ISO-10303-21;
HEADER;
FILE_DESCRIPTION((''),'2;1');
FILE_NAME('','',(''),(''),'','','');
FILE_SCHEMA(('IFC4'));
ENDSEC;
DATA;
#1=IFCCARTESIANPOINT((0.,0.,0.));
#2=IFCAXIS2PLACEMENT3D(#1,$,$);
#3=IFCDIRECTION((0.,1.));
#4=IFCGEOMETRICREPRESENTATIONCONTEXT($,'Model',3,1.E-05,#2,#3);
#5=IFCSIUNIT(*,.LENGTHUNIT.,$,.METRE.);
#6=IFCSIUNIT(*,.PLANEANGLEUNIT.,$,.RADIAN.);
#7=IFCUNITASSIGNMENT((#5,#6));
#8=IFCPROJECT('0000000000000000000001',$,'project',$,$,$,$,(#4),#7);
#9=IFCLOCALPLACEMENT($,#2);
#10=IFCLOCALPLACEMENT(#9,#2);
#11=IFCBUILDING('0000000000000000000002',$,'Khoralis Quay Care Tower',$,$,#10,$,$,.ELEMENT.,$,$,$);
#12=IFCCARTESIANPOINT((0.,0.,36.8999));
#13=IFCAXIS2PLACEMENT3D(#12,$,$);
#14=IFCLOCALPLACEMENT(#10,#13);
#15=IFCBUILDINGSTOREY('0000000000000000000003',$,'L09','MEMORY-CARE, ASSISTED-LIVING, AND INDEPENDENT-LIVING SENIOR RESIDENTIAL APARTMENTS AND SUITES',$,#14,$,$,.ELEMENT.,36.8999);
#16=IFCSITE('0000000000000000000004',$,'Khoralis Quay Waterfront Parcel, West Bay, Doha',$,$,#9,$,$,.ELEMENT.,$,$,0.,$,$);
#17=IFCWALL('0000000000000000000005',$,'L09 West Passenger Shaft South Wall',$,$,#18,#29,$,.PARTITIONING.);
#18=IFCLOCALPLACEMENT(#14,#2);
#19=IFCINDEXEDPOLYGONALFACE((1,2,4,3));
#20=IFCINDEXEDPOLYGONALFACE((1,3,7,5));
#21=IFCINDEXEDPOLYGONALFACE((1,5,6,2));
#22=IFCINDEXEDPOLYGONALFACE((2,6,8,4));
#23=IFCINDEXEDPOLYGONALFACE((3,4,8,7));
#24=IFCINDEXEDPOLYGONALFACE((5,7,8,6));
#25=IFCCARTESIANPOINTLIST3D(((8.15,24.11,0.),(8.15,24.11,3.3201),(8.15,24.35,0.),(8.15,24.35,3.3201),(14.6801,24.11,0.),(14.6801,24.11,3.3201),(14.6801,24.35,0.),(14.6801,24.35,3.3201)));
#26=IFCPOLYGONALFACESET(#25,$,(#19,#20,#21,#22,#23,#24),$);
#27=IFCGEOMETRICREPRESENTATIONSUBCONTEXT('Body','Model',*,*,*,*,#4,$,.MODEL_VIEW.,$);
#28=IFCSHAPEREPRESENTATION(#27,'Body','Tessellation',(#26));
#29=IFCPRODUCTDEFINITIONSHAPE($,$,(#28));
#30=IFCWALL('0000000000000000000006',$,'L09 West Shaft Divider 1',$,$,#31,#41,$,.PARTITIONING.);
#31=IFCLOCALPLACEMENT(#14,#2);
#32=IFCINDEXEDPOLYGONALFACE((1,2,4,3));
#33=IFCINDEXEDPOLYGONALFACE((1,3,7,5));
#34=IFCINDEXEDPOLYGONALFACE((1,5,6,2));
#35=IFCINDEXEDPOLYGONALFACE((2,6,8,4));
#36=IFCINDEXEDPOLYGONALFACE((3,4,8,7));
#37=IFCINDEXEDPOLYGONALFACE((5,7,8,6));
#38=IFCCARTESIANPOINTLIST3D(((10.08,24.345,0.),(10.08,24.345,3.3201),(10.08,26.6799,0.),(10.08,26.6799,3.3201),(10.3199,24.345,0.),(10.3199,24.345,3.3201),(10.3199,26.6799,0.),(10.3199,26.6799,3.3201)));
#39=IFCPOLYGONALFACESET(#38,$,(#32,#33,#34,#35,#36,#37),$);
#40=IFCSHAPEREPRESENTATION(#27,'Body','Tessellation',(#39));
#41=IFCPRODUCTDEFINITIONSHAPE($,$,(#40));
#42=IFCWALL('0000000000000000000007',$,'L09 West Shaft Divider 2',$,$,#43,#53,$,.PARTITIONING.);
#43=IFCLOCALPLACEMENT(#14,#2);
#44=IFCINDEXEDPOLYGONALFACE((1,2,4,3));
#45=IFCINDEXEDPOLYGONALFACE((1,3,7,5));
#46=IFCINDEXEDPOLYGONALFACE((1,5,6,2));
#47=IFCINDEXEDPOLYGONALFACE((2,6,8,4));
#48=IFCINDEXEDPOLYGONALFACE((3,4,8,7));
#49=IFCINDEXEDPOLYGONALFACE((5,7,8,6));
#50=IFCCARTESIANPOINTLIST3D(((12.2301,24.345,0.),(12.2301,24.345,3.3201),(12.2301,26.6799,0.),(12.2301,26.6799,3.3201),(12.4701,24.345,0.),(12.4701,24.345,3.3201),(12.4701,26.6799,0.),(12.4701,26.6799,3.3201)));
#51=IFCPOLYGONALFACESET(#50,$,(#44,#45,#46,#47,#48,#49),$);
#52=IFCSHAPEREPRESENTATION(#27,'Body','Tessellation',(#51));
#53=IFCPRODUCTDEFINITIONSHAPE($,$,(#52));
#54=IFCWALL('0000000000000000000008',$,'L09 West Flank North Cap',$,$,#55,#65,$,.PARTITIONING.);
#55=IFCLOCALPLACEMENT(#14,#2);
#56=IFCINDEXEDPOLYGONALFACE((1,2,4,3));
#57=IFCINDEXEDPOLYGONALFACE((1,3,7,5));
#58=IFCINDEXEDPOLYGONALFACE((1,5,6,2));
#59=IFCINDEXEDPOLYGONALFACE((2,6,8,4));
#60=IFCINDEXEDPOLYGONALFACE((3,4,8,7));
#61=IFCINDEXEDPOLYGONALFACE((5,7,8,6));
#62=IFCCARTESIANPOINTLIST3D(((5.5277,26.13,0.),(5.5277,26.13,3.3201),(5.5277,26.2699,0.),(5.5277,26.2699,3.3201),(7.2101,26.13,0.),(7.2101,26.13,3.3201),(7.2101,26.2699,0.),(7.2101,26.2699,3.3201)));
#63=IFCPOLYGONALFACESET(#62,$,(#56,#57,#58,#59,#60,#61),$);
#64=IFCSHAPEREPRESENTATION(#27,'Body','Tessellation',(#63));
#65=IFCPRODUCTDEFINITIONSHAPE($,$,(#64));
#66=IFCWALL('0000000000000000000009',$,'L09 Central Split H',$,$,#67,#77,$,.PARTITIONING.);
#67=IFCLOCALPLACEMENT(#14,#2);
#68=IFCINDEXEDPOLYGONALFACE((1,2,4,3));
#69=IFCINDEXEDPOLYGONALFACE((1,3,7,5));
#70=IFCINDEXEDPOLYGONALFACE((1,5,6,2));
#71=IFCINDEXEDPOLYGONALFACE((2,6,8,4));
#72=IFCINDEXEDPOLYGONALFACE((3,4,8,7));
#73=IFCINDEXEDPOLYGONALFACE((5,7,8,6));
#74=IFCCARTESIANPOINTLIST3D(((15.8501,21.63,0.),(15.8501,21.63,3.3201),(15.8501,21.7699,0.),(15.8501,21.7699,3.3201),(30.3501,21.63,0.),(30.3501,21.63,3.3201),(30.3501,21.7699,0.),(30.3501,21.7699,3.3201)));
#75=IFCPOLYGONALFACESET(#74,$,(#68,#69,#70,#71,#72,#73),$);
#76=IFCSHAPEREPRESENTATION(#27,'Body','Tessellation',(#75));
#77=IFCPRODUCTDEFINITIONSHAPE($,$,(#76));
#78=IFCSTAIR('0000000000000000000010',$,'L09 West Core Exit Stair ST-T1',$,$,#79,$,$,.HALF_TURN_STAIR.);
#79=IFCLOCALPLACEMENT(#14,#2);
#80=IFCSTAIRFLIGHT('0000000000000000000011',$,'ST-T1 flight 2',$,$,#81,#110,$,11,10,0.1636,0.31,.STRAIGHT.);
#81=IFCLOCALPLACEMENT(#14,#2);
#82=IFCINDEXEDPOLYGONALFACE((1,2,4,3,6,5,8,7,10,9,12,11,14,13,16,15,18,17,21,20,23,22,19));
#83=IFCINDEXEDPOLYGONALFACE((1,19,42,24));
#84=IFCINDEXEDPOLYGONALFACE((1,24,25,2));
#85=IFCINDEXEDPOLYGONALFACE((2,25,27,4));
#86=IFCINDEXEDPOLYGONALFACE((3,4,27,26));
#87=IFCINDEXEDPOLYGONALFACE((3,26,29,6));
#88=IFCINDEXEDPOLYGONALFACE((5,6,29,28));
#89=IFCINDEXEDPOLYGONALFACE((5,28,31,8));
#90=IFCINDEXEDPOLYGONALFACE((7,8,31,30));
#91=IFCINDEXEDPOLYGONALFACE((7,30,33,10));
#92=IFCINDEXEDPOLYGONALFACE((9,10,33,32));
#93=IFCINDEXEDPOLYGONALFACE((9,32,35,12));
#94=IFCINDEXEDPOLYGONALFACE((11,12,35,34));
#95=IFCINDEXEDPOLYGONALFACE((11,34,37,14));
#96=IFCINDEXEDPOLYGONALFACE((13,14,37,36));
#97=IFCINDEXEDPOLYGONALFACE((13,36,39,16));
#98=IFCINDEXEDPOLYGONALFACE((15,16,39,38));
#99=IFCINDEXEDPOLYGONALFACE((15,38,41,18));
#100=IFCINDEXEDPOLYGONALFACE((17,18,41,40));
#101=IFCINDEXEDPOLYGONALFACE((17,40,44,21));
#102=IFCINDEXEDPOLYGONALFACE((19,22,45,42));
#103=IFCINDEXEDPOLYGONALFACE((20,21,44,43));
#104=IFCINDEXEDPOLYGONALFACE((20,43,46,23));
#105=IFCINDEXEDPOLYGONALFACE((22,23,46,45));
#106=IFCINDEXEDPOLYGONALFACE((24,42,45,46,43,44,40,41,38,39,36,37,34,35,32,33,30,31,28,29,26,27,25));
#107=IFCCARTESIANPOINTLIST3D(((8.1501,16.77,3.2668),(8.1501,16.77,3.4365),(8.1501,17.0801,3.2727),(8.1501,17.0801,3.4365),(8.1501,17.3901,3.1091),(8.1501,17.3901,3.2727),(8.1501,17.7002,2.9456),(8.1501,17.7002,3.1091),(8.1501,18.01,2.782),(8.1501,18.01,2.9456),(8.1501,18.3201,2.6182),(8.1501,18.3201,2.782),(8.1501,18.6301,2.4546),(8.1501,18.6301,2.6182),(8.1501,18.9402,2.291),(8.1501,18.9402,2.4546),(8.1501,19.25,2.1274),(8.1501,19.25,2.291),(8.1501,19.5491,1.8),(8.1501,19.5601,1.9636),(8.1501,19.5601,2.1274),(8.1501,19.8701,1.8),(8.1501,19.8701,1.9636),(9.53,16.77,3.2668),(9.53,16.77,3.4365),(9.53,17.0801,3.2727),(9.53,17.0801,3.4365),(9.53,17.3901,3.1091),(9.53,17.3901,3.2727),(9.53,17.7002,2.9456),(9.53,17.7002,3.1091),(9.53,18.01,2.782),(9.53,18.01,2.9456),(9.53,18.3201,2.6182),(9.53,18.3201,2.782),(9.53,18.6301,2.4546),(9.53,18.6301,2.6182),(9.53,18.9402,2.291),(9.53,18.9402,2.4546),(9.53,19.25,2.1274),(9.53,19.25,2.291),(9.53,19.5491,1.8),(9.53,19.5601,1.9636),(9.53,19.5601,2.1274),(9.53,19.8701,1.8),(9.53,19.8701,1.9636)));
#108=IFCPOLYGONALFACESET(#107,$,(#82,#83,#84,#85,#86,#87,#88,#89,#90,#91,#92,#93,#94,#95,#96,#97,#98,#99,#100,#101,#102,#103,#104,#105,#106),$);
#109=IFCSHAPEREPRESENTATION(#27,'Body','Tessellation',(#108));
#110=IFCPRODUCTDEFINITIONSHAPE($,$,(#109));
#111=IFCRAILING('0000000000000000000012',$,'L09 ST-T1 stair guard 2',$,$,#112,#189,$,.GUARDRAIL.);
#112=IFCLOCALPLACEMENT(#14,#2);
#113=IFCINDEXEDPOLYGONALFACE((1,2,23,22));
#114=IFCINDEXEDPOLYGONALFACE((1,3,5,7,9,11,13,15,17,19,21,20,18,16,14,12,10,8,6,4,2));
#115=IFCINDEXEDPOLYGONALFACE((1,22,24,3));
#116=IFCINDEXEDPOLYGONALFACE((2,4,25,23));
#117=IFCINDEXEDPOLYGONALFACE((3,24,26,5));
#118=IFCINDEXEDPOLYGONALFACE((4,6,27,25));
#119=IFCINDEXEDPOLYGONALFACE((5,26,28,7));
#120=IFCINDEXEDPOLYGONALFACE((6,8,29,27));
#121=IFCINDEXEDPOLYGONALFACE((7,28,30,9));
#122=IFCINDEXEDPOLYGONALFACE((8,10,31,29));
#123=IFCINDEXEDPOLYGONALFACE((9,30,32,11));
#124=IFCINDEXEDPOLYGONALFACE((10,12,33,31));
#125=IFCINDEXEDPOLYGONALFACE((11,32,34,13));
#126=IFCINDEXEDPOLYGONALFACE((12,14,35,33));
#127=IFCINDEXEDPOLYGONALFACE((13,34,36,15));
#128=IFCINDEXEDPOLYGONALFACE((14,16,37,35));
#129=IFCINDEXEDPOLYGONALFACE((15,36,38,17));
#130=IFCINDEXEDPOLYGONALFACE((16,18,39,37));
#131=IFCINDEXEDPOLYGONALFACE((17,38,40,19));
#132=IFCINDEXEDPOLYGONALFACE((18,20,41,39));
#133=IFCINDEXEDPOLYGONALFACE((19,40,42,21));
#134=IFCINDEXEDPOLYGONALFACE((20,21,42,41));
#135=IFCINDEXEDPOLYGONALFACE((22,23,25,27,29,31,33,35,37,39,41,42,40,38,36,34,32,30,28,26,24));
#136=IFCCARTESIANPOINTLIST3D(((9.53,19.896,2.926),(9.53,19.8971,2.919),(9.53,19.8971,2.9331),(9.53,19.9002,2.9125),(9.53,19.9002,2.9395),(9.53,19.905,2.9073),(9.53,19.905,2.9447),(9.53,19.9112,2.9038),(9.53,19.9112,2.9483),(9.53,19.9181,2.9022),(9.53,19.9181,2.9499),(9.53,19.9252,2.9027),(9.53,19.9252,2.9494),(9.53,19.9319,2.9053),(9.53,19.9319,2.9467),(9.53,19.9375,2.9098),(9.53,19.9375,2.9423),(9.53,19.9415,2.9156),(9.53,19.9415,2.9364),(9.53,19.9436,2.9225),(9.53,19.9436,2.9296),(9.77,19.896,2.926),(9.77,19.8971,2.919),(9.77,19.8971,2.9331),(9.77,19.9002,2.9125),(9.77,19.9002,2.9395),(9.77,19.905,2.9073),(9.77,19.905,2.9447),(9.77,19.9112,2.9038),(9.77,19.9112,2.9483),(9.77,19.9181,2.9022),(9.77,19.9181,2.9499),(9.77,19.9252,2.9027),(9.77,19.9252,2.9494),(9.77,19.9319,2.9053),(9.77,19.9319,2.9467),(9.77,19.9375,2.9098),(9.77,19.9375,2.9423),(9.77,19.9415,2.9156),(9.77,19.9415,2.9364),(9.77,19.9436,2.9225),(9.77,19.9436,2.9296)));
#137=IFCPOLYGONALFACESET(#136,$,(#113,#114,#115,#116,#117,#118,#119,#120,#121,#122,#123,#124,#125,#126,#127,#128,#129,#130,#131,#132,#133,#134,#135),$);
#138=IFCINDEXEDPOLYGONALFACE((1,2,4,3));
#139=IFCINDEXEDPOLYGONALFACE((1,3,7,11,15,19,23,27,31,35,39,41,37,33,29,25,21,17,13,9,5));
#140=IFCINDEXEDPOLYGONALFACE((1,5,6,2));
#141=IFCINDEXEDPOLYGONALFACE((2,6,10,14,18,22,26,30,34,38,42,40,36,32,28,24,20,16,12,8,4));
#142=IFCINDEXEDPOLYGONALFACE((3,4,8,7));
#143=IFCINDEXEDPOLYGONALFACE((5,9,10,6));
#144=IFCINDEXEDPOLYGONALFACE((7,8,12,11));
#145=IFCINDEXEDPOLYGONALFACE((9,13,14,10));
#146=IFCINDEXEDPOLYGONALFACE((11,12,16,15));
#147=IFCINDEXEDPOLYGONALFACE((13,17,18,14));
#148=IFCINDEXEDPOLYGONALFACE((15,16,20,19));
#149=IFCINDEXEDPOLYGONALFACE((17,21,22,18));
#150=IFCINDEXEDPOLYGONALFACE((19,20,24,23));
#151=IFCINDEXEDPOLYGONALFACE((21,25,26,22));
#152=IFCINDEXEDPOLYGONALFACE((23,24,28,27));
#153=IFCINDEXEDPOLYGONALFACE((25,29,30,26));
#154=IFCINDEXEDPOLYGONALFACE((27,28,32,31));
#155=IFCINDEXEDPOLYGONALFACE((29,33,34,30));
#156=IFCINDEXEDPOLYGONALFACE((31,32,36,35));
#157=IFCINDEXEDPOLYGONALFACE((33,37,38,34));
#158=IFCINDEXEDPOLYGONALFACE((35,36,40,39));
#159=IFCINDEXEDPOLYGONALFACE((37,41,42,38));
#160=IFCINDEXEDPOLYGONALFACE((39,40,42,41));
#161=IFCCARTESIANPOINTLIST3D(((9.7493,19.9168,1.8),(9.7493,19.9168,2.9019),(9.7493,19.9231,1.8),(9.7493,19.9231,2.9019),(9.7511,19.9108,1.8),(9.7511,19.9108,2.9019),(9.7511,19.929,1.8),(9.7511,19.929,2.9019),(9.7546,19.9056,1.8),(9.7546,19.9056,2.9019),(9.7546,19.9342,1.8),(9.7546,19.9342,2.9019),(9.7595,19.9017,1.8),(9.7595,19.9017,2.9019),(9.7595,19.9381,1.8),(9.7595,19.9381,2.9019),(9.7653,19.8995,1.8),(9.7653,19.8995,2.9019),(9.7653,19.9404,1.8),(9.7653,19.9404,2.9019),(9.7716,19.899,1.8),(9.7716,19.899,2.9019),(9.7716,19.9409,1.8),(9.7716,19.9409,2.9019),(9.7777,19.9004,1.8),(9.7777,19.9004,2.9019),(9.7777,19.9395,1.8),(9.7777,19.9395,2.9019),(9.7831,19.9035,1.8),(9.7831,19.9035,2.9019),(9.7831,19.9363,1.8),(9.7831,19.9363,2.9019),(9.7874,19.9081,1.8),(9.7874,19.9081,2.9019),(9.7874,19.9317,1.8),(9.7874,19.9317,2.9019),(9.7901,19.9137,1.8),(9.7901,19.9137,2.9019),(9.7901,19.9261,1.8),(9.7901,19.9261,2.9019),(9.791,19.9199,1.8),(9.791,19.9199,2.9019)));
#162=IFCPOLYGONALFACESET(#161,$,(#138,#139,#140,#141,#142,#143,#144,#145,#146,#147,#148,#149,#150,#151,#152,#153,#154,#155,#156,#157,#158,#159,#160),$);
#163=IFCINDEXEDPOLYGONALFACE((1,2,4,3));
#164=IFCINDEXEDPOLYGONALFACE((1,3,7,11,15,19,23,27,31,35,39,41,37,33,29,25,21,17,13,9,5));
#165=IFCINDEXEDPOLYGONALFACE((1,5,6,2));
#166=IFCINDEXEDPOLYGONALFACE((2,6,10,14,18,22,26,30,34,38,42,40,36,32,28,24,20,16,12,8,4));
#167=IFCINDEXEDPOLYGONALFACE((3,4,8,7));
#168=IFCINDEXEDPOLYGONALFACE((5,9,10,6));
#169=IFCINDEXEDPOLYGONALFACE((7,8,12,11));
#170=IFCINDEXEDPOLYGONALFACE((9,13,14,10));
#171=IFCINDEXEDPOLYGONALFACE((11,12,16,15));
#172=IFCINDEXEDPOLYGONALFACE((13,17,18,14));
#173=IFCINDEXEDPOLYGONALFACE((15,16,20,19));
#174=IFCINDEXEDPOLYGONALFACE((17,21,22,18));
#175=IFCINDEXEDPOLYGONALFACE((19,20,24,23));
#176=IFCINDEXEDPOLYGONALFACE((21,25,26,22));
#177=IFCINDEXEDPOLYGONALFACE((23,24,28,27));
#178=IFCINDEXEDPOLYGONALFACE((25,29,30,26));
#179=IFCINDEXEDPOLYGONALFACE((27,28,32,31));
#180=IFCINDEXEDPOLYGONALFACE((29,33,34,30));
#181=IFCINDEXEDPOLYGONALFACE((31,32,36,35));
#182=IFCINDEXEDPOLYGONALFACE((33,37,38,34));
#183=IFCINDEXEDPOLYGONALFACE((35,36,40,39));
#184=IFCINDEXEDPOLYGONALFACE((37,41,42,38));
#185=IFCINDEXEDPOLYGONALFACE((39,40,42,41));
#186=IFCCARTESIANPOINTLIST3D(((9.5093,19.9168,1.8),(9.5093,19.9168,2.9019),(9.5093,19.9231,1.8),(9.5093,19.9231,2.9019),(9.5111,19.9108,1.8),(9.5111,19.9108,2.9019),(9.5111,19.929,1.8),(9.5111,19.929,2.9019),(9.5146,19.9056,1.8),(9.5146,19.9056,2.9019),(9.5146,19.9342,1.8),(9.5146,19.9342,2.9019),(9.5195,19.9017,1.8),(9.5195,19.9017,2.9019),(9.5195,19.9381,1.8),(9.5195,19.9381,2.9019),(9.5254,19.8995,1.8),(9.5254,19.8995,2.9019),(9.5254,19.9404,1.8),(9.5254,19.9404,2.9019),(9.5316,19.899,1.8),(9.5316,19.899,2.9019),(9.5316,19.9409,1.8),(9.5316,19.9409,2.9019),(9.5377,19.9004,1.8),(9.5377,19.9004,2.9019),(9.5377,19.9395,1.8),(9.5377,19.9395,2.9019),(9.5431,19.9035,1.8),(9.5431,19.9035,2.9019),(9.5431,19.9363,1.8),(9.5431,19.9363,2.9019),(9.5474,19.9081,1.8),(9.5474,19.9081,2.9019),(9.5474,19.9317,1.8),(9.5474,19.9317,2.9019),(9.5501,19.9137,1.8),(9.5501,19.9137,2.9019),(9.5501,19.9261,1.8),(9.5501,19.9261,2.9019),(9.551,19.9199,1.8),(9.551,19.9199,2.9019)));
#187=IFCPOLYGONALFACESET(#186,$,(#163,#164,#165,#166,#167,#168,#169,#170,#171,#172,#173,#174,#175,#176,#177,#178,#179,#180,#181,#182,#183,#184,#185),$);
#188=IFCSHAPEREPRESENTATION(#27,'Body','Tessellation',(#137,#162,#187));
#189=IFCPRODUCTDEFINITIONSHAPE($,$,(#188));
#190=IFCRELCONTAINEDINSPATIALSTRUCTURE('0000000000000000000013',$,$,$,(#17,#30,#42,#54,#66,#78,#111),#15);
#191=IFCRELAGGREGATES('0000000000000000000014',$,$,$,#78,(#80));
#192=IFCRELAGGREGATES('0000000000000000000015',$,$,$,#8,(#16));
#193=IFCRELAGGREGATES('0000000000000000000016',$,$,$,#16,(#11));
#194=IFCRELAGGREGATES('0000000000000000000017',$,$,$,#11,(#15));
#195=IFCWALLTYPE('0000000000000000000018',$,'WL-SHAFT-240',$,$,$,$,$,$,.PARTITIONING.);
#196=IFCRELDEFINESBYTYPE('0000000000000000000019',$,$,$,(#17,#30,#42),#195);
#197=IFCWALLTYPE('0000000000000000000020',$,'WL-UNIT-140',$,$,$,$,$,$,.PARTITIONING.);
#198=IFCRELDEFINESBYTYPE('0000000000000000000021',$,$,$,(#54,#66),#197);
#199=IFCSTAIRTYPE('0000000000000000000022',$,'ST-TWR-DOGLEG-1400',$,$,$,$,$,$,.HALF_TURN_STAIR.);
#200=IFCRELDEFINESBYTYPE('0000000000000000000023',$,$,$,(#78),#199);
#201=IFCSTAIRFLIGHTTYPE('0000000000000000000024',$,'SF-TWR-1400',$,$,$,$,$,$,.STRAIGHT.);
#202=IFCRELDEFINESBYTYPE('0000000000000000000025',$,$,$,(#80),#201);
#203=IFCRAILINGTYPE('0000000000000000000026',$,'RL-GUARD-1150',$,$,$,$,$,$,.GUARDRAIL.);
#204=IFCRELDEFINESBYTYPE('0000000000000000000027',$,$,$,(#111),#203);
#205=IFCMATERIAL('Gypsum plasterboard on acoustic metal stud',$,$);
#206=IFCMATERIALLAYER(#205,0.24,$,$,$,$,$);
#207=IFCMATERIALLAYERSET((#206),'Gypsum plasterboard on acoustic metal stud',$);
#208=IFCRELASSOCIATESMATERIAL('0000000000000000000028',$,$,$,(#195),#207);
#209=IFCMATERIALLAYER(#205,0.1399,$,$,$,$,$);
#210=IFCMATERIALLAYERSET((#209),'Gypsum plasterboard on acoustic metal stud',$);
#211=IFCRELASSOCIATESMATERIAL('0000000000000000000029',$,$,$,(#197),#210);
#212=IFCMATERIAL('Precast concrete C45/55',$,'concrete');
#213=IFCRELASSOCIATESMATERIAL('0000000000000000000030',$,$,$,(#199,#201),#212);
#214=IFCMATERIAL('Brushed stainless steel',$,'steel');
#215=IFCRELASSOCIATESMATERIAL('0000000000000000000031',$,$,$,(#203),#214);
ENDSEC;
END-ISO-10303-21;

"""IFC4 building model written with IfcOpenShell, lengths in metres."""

from ifc_helpers import new_model, si_unit, direction, frame, frame_2d, origin, origin_2d, place, context, subcontext, project, spatial, polyline, rectangle, circle, outline, extrude, source, transform, mapped, material, layer, layer_set, type_object, element, aggregate, save


model = new_model("IFC4")

# Units and contexts
model_context = context("Model", 3, precision=1e-05, world=origin(), true_north=direction((0.0, 1.0)))
body_context = subcontext(model_context, "Body", "Model", "MODEL_VIEW")
ifc_project = project(units=[si_unit("LENGTHUNIT", "METRE"), si_unit("PLANEANGLEUNIT", "RADIAN")], contexts=[model_context])

# Site, building, storey
site_placement = place(None, origin())
site = spatial("IfcSite", under=ifc_project, at=site_placement, Name="Khoralis Quay Waterfront Parcel, West Bay, Doha", CompositionType="ELEMENT", RefElevation=0.0)
building_placement = place(site_placement, origin())
building = spatial("IfcBuilding", under=site, at=building_placement, Name="Khoralis Quay Care Tower", CompositionType="ELEMENT")
storey_placement = place(building_placement, frame((0.0, 0.0, 36.8999)))
storey = spatial("IfcBuildingStorey", under=building, at=storey_placement, Name="L09", Description="MEMORY-CARE, ASSISTED-LIVING, AND INDEPENDENT-LIVING SENIOR RESIDENTIAL APARTMENTS AND SUITES", CompositionType="ELEMENT", Elevation=36.8999)

# Shared definitions
ifc_material_1 = material(Name="Brushed stainless steel", Category="steel")

# Shared definitions
ifc_material_2 = material(Name="Gypsum plasterboard on acoustic metal stud")

# Walls
ifc_layer_1 = layer(ifc_material_2, 0.24)
ifc_layer_set_1 = layer_set([ifc_layer_1], Name="Gypsum plasterboard on acoustic metal stud")
wall_type_1 = type_object("IfcWallType", Name="WL-SHAFT-240", PredefinedType="PARTITIONING", material=ifc_layer_set_1)
wall_1_placement = place(storey_placement, frame((8.1499, 24.23, 0.0), z_axis=(0.0, 0.0, 1.0), x_axis=(1.0, 0.0, 0.0)))
element("IfcWall", 1, at=wall_1_placement, inside=storey, type_object=wall_type_1, Name="L09 West Passenger Shaft South Wall", PredefinedType="PARTITIONING", context=body_context, shape_type="SweptSolid", body=[
    extrude(rectangle(XDim=6.53, YDim=0.24, at=frame_2d((3.2651, 0.0))), origin(), (0.0, 0.0, 1.0), 3.3201),
])
for number, where, z_axis, x_axis, name in (
    (2, (10.2, 24.345, 0.0), (0.0, 0.0, 1.0), (0.0, 1.0, 0.0), "L09 West Shaft Divider 1"),
    (3, (12.3501, 24.345, 0.0), (0.0, 0.0, 1.0), (0.0, 1.0, 0.0), "L09 West Shaft Divider 2"),
):
    element("IfcWall", number, at=place(storey_placement, frame(where, z_axis=z_axis, x_axis=x_axis)), inside=storey, type_object=wall_type_1, Name=name, PredefinedType="PARTITIONING", context=body_context, shape_type="SweptSolid", body=[
        extrude(rectangle(XDim=2.335, YDim=0.24, at=frame_2d((1.1675, 0.0))), origin(), (0.0, 0.0, 1.0), 3.3201),
    ])
ifc_layer_2 = layer(ifc_material_2, 0.1399)
ifc_layer_set_2 = layer_set([ifc_layer_2], Name="Gypsum plasterboard on acoustic metal stud")
wall_type_2 = type_object("IfcWallType", Name="WL-UNIT-140", PredefinedType="PARTITIONING", material=ifc_layer_set_2)
wall_2_placement = place(storey_placement, frame((5.5276, 26.2, 0.0), z_axis=(0.0, 0.0, 1.0), x_axis=(1.0, 0.0, 0.0)))
element("IfcWall", 4, at=wall_2_placement, inside=storey, type_object=wall_type_2, Name="L09 West Flank North Cap", PredefinedType="PARTITIONING", context=body_context, shape_type="SweptSolid", body=[
    extrude(rectangle(XDim=1.6824, YDim=0.1399, at=frame_2d((0.8413, 0.0))), origin(), (0.0, 0.0, 1.0), 3.3201),
])
wall_3_placement = place(storey_placement, frame((15.8501, 21.7, 0.0), z_axis=(0.0, 0.0, 1.0), x_axis=(1.0, 0.0, 0.0)))
element("IfcWall", 5, at=wall_3_placement, inside=storey, type_object=wall_type_2, Name="L09 Central Split H", PredefinedType="PARTITIONING", context=body_context, shape_type="SweptSolid", body=[
    extrude(rectangle(XDim=14.5, YDim=0.1399, at=frame_2d((7.25, 0.0))), origin(), (0.0, 0.0, 1.0), 3.3201),
])

# Stair, stair flight
ifc_material_3 = material(Name="Precast concrete C45/55", Category="concrete")
stair_type = type_object("IfcStairType", Name="ST-TWR-DOGLEG-1400", PredefinedType="HALF_TURN_STAIR", material=ifc_material_3)
stair_placement = place(storey_placement, origin())
stair = element("IfcStair", 6, at=stair_placement, inside=storey, type_object=stair_type, Name="L09 West Core Exit Stair ST-T1", PredefinedType="HALF_TURN_STAIR")
stair_flight_type = type_object("IfcStairFlightType", Name="SF-TWR-1400", PredefinedType="STRAIGHT", material=ifc_material_3)
shared_shape_1 = source(origin(), body_context, "Body", "SweptSolid", [
    extrude(outline(polyline([(0.0, 0.0), (0.0, 0.1636), (0.3101, 0.1636), (0.3101, 0.3274), (0.6201, 0.3274), (0.6201, 0.491), (0.9299, 0.491), (0.9299, 0.6545), (1.24, 0.6545), (1.24, 0.8181), (1.55, 0.8181), (1.55, 0.9819), (1.8601, 0.9819), (1.8601, 1.1455), (2.1699, 1.1455), (2.1699, 1.3091), (2.48, 1.3091), (2.48, 1.4727), (2.79, 1.4727), (2.79, 1.6365), (3.1001, 1.6365), (3.1001, 1.8), (3.1001, 1.4668), (0.321, 0.0), (0.0, 0.0)])), frame((0.0, 0.6899, 0.0), z_axis=(0.0, -1.0, 0.0), x_axis=(1.0, 0.0, 0.0)), (0.0, 0.0, 1.0), 1.3799),
])
stair_flight_placement = place(storey_placement, frame((8.8401, 19.8701, 1.8), z_axis=(0.0, 0.0, 1.0), x_axis=(0.0, -1.0, 0.0)))
stair_flight = element("IfcStairFlight", 7, at=stair_flight_placement, type_object=stair_flight_type, Name="ST-T1 flight 2", NumberOfRisers=11, NumberOfTreads=10, PredefinedType="STRAIGHT", RiserHeight=0.1636, TreadLength=0.31, context=body_context, shape_type="MappedRepresentation", body=[
    mapped(shared_shape_1, transform((0.0, 0.0, 0.0), scale=1.0)),
])
aggregate(stair, [stair_flight])

# Railing
railing_type_1 = type_object("IfcRailingType", Name="RL-GUARD-1150", PredefinedType="GUARDRAIL", material=ifc_material_1)
railing_1_placement = place(storey_placement, frame((9.77, 19.9199, 1.8)))
element("IfcRailing", 8, at=railing_1_placement, inside=storey, type_object=railing_type_1, Name="L09 ST-T1 stair guard 2", PredefinedType="GUARDRAIL", context=body_context, shape_type="SweptSolid", body=[
    extrude(circle(Radius=0.0239, at=origin_2d()), frame((0.0, 0.0, 1.126), z_axis=(-1.0, 0.0, 0.0), x_axis=(0.0, -1.0, 0.0)), (0.0, 0.0, 1.0), 0.24),
    extrude(circle(Radius=0.021, at=origin_2d()), origin(), (0.0, 0.0, 1.0), 1.1018),
    extrude(circle(Radius=0.021, at=origin_2d()), frame((-0.24, 0.0, 0.0)), (0.0, 0.0, 1.0), 1.1018),
])

save(model, "model.ifc")
